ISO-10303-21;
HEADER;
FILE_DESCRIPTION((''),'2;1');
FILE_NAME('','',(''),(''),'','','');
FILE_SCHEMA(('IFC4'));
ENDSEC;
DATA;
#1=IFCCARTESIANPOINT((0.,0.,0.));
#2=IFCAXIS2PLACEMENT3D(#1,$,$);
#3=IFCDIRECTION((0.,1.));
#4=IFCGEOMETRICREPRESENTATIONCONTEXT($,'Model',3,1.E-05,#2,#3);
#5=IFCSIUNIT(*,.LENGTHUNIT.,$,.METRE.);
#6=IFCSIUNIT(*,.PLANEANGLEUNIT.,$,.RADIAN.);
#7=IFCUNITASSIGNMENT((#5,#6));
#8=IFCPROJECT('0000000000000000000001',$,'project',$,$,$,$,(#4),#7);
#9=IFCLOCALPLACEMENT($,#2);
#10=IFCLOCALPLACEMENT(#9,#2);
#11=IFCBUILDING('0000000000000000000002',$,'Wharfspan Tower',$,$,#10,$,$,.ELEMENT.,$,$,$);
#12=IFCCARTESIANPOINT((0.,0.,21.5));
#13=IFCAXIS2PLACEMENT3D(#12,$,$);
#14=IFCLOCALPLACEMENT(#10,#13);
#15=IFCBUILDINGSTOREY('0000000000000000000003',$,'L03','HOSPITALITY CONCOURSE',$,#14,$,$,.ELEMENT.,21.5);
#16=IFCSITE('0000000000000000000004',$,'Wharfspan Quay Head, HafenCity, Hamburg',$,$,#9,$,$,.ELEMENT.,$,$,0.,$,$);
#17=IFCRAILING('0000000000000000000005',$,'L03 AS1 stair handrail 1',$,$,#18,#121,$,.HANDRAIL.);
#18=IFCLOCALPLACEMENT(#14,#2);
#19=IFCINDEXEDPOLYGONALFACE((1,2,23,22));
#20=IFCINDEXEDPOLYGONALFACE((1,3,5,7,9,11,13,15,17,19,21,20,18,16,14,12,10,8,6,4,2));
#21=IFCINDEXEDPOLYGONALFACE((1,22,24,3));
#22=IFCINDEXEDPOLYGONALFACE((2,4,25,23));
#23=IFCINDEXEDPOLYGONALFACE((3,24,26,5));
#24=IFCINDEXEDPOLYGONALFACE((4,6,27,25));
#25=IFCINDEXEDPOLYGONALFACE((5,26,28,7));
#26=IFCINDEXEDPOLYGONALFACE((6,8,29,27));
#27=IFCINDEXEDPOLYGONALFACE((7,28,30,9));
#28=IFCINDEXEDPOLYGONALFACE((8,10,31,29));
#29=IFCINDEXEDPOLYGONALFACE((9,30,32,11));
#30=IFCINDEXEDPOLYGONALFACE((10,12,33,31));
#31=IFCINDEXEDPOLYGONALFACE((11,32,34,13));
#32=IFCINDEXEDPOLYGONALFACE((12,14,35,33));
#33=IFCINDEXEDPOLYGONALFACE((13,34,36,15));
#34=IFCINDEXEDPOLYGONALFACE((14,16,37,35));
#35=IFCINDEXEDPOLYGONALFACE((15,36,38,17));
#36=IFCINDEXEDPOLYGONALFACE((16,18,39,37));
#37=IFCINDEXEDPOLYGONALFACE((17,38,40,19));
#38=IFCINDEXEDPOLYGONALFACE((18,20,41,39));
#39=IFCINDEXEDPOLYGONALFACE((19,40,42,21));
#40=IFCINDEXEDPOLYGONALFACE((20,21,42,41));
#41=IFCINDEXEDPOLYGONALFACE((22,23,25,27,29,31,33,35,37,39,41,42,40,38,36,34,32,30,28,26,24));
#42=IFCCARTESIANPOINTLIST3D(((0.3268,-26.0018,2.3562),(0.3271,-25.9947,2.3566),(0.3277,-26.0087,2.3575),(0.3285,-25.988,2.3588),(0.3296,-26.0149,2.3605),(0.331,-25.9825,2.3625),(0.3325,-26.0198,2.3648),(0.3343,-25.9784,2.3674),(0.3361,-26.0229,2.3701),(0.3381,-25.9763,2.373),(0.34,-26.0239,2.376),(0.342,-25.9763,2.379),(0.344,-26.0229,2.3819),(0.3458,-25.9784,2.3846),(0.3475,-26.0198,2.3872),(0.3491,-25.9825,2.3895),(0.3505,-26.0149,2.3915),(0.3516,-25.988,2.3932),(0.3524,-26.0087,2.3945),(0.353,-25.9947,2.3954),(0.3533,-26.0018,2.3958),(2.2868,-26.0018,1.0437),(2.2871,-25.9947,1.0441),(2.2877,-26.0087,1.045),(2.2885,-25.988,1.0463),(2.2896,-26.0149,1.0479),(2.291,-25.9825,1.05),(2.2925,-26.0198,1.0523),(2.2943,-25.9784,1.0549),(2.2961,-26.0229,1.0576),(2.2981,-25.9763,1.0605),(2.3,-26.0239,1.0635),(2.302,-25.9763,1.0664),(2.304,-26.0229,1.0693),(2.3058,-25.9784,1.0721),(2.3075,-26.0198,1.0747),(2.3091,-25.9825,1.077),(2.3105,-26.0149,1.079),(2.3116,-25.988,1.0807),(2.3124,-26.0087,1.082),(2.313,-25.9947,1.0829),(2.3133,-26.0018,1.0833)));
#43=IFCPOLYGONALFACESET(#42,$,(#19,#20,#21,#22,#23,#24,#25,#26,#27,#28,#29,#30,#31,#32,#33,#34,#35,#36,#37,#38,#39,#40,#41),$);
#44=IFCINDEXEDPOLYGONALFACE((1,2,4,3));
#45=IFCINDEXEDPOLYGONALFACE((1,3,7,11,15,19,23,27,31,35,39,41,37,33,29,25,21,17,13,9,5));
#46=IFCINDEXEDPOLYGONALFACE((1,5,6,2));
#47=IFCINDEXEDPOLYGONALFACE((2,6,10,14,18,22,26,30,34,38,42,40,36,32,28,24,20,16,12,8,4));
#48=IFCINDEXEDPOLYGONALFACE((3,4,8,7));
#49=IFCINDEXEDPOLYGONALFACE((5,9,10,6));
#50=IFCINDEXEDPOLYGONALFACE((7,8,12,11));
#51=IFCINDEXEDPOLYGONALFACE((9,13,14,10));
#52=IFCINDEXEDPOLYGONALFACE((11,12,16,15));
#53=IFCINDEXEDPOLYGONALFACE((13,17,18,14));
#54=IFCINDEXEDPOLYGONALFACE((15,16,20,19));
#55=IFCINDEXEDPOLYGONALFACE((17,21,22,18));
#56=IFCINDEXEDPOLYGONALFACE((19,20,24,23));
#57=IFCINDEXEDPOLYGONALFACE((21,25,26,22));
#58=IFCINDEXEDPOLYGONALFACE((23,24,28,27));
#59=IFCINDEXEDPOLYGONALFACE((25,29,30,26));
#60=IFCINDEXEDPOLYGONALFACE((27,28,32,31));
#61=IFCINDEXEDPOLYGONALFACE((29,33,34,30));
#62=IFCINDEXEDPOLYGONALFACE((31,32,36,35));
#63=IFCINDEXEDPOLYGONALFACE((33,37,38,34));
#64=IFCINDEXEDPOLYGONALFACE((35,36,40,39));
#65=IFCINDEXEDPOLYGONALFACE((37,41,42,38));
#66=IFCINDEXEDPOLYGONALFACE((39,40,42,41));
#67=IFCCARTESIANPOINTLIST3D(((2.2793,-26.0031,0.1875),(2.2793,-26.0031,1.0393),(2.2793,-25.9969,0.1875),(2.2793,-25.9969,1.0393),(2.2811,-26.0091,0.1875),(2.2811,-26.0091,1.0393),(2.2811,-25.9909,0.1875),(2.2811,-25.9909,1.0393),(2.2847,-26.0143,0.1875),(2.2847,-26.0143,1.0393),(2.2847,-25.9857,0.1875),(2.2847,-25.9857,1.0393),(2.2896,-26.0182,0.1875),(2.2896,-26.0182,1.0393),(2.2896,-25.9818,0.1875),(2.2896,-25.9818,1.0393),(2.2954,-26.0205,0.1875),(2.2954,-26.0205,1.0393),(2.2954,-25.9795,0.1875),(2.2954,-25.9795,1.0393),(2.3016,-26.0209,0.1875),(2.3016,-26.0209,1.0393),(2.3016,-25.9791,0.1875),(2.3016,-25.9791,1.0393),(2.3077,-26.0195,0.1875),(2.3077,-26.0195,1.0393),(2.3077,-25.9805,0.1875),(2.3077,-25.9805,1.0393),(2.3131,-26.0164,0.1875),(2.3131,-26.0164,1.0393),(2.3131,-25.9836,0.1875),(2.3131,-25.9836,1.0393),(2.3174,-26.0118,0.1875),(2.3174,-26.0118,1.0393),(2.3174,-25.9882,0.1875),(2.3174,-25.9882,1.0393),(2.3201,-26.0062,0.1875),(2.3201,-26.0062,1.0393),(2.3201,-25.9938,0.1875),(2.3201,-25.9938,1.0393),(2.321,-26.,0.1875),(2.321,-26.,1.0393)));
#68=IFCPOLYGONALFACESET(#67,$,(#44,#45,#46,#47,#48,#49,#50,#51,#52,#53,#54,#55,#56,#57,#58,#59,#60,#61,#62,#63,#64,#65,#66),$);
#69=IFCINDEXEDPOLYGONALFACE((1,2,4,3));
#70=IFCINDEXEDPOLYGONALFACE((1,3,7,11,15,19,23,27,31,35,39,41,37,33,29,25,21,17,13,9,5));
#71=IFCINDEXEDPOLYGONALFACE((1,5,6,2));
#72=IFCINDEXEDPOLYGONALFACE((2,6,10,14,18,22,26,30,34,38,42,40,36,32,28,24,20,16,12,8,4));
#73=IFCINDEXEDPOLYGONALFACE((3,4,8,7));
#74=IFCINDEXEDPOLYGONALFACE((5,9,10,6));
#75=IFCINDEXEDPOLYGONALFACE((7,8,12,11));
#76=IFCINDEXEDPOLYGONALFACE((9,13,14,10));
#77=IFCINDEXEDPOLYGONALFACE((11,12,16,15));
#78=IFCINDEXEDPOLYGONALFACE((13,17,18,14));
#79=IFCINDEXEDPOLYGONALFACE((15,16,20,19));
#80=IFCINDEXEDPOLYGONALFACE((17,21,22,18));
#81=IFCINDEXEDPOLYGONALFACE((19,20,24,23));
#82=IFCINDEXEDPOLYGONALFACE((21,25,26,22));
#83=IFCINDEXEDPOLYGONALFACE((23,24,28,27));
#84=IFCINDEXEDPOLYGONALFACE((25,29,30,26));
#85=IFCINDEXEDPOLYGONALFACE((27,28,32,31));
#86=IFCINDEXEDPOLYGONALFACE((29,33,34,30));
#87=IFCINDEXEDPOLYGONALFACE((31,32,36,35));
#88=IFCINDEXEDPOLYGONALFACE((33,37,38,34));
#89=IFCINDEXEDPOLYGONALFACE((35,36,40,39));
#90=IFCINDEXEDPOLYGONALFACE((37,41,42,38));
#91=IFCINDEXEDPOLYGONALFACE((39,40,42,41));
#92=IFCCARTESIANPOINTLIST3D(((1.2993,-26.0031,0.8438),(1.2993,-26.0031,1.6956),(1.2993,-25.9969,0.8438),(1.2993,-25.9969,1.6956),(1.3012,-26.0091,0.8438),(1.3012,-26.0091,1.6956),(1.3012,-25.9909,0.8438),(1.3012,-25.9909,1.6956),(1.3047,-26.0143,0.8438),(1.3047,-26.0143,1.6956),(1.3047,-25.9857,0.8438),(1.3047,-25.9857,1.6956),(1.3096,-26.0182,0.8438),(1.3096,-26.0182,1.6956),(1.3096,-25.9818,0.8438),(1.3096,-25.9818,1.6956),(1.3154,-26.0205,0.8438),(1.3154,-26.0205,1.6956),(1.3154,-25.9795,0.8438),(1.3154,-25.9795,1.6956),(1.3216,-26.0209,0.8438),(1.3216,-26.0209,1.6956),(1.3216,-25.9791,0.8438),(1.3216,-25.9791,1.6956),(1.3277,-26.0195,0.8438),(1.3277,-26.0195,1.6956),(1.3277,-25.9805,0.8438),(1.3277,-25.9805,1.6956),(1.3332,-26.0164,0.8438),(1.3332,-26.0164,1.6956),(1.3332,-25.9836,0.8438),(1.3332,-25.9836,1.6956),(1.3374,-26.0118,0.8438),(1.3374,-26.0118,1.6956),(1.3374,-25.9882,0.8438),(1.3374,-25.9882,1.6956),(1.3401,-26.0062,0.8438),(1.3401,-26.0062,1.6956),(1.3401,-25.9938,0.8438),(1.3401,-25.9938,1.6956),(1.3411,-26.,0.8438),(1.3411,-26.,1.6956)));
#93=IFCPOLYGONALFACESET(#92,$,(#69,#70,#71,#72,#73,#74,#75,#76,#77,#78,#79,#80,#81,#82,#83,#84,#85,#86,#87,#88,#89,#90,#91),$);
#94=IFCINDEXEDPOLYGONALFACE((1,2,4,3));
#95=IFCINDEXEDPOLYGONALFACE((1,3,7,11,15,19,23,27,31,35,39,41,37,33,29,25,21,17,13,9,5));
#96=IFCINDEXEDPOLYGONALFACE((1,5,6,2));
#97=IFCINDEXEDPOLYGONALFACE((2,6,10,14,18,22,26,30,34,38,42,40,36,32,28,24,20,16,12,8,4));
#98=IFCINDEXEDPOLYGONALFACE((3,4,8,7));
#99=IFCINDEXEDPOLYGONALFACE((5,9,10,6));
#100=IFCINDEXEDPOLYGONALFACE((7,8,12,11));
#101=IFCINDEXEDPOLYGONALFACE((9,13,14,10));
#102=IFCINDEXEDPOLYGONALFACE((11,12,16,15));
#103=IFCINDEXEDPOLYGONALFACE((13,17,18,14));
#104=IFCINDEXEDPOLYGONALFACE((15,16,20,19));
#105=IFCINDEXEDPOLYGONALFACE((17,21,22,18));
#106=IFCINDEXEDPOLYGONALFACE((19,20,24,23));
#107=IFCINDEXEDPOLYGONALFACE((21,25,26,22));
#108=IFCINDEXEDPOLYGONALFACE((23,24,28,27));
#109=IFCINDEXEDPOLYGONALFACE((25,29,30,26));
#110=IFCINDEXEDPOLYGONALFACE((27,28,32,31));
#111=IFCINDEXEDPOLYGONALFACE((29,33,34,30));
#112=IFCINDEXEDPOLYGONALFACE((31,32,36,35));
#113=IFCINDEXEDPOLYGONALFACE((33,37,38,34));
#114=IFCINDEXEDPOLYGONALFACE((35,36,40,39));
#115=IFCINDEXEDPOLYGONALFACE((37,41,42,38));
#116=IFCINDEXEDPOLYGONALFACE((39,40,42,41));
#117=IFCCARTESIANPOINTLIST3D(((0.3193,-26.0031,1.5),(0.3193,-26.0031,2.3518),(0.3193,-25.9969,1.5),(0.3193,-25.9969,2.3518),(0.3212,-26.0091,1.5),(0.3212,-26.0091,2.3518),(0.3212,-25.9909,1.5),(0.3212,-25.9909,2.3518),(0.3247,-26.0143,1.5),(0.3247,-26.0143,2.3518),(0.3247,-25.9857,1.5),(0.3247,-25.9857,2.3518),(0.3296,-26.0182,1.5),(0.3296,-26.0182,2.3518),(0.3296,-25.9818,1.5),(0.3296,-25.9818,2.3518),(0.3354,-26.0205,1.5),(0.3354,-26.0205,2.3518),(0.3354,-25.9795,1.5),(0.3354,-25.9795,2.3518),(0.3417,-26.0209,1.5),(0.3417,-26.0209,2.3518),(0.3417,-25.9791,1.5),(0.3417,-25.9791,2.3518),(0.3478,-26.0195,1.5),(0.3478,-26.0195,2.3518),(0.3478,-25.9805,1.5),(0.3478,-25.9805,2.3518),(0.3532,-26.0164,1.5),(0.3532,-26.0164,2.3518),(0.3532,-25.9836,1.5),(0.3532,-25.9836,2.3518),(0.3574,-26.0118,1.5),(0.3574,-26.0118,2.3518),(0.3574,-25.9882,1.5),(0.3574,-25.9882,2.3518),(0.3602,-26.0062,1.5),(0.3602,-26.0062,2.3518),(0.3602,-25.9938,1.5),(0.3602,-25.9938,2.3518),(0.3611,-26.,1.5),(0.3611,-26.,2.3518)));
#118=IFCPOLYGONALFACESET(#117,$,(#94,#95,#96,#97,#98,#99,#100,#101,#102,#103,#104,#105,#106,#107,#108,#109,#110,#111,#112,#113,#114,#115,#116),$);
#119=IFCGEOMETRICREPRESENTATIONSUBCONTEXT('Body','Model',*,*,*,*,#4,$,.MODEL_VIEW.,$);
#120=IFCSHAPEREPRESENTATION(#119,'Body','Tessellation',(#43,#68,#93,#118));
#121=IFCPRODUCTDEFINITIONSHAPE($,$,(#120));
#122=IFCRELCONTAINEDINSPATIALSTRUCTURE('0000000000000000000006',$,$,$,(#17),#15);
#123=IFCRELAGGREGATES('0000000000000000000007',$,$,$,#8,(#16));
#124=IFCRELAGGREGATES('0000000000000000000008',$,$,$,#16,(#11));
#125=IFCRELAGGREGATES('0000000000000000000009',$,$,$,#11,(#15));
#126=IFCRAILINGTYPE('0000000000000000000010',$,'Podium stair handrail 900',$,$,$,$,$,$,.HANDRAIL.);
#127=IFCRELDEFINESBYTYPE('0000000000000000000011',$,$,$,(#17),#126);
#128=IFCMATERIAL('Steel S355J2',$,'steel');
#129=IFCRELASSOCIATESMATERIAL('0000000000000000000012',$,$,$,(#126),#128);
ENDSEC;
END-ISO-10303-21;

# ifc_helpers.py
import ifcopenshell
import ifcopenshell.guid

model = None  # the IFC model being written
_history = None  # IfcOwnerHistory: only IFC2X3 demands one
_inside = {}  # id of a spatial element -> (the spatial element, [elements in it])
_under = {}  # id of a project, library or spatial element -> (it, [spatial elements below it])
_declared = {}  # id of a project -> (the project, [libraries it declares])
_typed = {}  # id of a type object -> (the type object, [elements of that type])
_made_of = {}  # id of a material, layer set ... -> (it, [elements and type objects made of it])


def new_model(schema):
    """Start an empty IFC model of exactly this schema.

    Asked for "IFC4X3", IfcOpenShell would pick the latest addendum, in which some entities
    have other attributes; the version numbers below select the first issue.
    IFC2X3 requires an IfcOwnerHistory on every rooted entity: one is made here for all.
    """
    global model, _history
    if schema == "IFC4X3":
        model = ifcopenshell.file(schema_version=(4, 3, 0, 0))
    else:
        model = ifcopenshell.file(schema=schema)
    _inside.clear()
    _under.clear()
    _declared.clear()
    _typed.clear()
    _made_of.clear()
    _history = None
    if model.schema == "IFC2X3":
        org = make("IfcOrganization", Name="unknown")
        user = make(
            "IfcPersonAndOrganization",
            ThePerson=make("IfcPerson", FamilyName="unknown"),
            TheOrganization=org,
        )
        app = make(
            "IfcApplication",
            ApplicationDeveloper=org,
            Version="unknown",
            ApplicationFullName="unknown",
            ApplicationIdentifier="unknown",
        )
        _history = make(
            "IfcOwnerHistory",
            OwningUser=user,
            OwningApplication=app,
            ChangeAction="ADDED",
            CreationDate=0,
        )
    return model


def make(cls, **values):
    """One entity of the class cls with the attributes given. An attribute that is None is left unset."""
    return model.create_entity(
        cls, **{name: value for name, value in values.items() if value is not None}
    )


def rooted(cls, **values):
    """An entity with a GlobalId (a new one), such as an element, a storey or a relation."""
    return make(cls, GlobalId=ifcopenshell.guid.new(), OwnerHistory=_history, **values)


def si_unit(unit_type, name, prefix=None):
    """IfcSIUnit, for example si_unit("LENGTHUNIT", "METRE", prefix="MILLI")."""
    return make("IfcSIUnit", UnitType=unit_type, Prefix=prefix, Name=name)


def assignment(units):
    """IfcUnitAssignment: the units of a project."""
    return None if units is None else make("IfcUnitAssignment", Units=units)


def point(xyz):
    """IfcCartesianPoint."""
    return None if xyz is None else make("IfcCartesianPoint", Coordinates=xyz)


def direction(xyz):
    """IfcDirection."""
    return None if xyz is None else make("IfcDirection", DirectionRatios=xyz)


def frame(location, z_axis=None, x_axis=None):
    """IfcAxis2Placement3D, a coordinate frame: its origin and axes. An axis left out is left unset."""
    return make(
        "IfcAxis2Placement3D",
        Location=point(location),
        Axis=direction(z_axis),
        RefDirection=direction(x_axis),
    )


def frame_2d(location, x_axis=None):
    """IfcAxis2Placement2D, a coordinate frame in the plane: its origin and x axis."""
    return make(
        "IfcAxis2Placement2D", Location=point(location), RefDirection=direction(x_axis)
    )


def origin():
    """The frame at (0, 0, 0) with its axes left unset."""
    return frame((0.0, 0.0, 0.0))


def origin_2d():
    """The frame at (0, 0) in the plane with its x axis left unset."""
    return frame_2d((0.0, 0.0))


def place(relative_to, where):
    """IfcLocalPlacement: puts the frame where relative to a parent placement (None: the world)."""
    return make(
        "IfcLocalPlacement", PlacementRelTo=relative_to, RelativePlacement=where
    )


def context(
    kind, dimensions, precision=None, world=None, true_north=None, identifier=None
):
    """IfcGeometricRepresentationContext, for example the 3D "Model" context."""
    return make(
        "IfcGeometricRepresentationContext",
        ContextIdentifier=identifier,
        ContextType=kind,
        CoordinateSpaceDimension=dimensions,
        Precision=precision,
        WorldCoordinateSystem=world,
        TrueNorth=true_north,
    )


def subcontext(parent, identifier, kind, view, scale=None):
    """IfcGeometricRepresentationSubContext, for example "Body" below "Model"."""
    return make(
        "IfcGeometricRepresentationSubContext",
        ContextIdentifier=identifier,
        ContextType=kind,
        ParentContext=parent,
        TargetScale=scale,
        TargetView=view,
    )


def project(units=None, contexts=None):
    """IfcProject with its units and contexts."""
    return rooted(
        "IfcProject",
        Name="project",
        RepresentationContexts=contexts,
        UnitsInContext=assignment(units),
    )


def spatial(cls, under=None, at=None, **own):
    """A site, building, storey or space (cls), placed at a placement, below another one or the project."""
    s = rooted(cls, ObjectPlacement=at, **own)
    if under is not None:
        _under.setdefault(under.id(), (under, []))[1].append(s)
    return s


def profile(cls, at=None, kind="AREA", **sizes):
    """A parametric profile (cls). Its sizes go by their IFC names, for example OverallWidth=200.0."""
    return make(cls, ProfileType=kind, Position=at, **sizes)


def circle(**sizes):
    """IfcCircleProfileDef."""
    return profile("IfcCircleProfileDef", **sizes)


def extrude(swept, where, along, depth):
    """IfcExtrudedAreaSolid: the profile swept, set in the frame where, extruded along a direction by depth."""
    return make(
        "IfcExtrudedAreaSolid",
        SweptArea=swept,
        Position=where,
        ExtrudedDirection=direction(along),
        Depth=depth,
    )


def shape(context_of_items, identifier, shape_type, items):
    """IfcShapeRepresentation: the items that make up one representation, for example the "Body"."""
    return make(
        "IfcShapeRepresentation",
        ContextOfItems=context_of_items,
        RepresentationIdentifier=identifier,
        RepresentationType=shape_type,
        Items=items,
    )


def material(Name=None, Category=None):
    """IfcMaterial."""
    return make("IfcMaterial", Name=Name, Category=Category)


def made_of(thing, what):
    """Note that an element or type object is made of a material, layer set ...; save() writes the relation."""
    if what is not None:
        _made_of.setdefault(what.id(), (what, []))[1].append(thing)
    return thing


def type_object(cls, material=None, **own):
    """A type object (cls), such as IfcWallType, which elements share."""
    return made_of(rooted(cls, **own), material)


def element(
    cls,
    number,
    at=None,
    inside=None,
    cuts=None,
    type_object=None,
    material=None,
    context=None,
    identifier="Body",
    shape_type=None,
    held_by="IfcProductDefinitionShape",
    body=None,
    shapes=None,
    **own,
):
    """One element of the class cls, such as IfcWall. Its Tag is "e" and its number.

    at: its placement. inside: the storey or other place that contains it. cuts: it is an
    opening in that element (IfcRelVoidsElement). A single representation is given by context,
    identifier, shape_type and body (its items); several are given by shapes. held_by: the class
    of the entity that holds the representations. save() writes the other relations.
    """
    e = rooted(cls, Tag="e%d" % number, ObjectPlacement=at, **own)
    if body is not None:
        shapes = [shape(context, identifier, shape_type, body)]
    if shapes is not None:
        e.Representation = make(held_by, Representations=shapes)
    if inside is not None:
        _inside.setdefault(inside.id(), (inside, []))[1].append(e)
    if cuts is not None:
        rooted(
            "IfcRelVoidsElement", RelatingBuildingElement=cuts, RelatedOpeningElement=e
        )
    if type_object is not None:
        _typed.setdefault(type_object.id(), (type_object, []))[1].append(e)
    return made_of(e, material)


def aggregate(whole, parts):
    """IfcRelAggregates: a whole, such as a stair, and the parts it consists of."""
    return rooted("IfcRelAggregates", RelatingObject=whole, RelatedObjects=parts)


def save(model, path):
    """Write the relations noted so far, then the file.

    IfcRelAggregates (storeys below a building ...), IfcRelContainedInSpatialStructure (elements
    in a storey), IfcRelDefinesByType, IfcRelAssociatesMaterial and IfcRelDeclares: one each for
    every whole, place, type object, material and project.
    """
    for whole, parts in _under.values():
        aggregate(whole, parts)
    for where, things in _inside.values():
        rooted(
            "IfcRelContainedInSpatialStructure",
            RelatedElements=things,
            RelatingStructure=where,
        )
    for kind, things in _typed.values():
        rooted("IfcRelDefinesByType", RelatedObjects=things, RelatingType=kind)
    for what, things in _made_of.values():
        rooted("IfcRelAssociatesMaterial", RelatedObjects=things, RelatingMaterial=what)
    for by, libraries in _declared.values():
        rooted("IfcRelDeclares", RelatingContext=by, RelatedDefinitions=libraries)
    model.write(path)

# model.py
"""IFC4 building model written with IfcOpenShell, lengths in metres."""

from ifc_helpers import new_model, si_unit, direction, frame, origin, origin_2d, place, context, subcontext, project, spatial, circle, extrude, material, type_object, element, save


model = new_model("IFC4")

# Units and contexts
model_context = context("Model", 3, precision=1e-05, world=origin(), true_north=direction((0.0, 1.0)))
body_context = subcontext(model_context, "Body", "Model", "MODEL_VIEW")
ifc_project = project(units=[si_unit("LENGTHUNIT", "METRE"), si_unit("PLANEANGLEUNIT", "RADIAN")], contexts=[model_context])

# Site, building, storey
site_placement = place(None, origin())
site = spatial("IfcSite", under=ifc_project, at=site_placement, Name="Wharfspan Quay Head, HafenCity, Hamburg", CompositionType="ELEMENT", RefElevation=0.0)
building_placement = place(site_placement, origin())
building = spatial("IfcBuilding", under=site, at=building_placement, Name="Wharfspan Tower", CompositionType="ELEMENT")
storey_placement = place(building_placement, frame((0.0, 0.0, 21.5)))
storey = spatial("IfcBuildingStorey", under=building, at=storey_placement, Name="L03", Description="HOSPITALITY CONCOURSE", CompositionType="ELEMENT", Elevation=21.5)

# Railing
ifc_material_1 = material(Name="Steel S355J2", Category="steel")
railing_type_1 = type_object("IfcRailingType", Name="Podium stair handrail 900", PredefinedType="HANDRAIL", material=ifc_material_1)
railing_1_placement = place(storey_placement, frame((2.3, -26.0, 0.1875)))
element("IfcRailing", 1, at=railing_1_placement, inside=storey, type_object=railing_type_1, Name="L03 AS1 stair handrail 1", PredefinedType="HANDRAIL", context=body_context, shape_type="SweptSolid", body=[
    extrude(circle(Radius=0.0239, at=origin_2d()), frame((0.0, 0.0, 0.876), z_axis=(-0.830902, 0.0, 0.556419), x_axis=(0.0, -1.0, 0.0)), (0.0, 0.0, 1.0), 2.3589),
    extrude(circle(Radius=0.021, at=origin_2d()), origin(), (0.0, 0.0, 1.0), 0.8518),
    extrude(circle(Radius=0.021, at=origin_2d()), frame((-0.98, 0.0, 0.6562)), (0.0, 0.0, 1.0), 0.8518),
    extrude(circle(Radius=0.021, at=origin_2d()), frame((-1.96, 0.0, 1.3125)), (0.0, 0.0, 1.0), 0.8518),
])

save(model, "model.ifc")
